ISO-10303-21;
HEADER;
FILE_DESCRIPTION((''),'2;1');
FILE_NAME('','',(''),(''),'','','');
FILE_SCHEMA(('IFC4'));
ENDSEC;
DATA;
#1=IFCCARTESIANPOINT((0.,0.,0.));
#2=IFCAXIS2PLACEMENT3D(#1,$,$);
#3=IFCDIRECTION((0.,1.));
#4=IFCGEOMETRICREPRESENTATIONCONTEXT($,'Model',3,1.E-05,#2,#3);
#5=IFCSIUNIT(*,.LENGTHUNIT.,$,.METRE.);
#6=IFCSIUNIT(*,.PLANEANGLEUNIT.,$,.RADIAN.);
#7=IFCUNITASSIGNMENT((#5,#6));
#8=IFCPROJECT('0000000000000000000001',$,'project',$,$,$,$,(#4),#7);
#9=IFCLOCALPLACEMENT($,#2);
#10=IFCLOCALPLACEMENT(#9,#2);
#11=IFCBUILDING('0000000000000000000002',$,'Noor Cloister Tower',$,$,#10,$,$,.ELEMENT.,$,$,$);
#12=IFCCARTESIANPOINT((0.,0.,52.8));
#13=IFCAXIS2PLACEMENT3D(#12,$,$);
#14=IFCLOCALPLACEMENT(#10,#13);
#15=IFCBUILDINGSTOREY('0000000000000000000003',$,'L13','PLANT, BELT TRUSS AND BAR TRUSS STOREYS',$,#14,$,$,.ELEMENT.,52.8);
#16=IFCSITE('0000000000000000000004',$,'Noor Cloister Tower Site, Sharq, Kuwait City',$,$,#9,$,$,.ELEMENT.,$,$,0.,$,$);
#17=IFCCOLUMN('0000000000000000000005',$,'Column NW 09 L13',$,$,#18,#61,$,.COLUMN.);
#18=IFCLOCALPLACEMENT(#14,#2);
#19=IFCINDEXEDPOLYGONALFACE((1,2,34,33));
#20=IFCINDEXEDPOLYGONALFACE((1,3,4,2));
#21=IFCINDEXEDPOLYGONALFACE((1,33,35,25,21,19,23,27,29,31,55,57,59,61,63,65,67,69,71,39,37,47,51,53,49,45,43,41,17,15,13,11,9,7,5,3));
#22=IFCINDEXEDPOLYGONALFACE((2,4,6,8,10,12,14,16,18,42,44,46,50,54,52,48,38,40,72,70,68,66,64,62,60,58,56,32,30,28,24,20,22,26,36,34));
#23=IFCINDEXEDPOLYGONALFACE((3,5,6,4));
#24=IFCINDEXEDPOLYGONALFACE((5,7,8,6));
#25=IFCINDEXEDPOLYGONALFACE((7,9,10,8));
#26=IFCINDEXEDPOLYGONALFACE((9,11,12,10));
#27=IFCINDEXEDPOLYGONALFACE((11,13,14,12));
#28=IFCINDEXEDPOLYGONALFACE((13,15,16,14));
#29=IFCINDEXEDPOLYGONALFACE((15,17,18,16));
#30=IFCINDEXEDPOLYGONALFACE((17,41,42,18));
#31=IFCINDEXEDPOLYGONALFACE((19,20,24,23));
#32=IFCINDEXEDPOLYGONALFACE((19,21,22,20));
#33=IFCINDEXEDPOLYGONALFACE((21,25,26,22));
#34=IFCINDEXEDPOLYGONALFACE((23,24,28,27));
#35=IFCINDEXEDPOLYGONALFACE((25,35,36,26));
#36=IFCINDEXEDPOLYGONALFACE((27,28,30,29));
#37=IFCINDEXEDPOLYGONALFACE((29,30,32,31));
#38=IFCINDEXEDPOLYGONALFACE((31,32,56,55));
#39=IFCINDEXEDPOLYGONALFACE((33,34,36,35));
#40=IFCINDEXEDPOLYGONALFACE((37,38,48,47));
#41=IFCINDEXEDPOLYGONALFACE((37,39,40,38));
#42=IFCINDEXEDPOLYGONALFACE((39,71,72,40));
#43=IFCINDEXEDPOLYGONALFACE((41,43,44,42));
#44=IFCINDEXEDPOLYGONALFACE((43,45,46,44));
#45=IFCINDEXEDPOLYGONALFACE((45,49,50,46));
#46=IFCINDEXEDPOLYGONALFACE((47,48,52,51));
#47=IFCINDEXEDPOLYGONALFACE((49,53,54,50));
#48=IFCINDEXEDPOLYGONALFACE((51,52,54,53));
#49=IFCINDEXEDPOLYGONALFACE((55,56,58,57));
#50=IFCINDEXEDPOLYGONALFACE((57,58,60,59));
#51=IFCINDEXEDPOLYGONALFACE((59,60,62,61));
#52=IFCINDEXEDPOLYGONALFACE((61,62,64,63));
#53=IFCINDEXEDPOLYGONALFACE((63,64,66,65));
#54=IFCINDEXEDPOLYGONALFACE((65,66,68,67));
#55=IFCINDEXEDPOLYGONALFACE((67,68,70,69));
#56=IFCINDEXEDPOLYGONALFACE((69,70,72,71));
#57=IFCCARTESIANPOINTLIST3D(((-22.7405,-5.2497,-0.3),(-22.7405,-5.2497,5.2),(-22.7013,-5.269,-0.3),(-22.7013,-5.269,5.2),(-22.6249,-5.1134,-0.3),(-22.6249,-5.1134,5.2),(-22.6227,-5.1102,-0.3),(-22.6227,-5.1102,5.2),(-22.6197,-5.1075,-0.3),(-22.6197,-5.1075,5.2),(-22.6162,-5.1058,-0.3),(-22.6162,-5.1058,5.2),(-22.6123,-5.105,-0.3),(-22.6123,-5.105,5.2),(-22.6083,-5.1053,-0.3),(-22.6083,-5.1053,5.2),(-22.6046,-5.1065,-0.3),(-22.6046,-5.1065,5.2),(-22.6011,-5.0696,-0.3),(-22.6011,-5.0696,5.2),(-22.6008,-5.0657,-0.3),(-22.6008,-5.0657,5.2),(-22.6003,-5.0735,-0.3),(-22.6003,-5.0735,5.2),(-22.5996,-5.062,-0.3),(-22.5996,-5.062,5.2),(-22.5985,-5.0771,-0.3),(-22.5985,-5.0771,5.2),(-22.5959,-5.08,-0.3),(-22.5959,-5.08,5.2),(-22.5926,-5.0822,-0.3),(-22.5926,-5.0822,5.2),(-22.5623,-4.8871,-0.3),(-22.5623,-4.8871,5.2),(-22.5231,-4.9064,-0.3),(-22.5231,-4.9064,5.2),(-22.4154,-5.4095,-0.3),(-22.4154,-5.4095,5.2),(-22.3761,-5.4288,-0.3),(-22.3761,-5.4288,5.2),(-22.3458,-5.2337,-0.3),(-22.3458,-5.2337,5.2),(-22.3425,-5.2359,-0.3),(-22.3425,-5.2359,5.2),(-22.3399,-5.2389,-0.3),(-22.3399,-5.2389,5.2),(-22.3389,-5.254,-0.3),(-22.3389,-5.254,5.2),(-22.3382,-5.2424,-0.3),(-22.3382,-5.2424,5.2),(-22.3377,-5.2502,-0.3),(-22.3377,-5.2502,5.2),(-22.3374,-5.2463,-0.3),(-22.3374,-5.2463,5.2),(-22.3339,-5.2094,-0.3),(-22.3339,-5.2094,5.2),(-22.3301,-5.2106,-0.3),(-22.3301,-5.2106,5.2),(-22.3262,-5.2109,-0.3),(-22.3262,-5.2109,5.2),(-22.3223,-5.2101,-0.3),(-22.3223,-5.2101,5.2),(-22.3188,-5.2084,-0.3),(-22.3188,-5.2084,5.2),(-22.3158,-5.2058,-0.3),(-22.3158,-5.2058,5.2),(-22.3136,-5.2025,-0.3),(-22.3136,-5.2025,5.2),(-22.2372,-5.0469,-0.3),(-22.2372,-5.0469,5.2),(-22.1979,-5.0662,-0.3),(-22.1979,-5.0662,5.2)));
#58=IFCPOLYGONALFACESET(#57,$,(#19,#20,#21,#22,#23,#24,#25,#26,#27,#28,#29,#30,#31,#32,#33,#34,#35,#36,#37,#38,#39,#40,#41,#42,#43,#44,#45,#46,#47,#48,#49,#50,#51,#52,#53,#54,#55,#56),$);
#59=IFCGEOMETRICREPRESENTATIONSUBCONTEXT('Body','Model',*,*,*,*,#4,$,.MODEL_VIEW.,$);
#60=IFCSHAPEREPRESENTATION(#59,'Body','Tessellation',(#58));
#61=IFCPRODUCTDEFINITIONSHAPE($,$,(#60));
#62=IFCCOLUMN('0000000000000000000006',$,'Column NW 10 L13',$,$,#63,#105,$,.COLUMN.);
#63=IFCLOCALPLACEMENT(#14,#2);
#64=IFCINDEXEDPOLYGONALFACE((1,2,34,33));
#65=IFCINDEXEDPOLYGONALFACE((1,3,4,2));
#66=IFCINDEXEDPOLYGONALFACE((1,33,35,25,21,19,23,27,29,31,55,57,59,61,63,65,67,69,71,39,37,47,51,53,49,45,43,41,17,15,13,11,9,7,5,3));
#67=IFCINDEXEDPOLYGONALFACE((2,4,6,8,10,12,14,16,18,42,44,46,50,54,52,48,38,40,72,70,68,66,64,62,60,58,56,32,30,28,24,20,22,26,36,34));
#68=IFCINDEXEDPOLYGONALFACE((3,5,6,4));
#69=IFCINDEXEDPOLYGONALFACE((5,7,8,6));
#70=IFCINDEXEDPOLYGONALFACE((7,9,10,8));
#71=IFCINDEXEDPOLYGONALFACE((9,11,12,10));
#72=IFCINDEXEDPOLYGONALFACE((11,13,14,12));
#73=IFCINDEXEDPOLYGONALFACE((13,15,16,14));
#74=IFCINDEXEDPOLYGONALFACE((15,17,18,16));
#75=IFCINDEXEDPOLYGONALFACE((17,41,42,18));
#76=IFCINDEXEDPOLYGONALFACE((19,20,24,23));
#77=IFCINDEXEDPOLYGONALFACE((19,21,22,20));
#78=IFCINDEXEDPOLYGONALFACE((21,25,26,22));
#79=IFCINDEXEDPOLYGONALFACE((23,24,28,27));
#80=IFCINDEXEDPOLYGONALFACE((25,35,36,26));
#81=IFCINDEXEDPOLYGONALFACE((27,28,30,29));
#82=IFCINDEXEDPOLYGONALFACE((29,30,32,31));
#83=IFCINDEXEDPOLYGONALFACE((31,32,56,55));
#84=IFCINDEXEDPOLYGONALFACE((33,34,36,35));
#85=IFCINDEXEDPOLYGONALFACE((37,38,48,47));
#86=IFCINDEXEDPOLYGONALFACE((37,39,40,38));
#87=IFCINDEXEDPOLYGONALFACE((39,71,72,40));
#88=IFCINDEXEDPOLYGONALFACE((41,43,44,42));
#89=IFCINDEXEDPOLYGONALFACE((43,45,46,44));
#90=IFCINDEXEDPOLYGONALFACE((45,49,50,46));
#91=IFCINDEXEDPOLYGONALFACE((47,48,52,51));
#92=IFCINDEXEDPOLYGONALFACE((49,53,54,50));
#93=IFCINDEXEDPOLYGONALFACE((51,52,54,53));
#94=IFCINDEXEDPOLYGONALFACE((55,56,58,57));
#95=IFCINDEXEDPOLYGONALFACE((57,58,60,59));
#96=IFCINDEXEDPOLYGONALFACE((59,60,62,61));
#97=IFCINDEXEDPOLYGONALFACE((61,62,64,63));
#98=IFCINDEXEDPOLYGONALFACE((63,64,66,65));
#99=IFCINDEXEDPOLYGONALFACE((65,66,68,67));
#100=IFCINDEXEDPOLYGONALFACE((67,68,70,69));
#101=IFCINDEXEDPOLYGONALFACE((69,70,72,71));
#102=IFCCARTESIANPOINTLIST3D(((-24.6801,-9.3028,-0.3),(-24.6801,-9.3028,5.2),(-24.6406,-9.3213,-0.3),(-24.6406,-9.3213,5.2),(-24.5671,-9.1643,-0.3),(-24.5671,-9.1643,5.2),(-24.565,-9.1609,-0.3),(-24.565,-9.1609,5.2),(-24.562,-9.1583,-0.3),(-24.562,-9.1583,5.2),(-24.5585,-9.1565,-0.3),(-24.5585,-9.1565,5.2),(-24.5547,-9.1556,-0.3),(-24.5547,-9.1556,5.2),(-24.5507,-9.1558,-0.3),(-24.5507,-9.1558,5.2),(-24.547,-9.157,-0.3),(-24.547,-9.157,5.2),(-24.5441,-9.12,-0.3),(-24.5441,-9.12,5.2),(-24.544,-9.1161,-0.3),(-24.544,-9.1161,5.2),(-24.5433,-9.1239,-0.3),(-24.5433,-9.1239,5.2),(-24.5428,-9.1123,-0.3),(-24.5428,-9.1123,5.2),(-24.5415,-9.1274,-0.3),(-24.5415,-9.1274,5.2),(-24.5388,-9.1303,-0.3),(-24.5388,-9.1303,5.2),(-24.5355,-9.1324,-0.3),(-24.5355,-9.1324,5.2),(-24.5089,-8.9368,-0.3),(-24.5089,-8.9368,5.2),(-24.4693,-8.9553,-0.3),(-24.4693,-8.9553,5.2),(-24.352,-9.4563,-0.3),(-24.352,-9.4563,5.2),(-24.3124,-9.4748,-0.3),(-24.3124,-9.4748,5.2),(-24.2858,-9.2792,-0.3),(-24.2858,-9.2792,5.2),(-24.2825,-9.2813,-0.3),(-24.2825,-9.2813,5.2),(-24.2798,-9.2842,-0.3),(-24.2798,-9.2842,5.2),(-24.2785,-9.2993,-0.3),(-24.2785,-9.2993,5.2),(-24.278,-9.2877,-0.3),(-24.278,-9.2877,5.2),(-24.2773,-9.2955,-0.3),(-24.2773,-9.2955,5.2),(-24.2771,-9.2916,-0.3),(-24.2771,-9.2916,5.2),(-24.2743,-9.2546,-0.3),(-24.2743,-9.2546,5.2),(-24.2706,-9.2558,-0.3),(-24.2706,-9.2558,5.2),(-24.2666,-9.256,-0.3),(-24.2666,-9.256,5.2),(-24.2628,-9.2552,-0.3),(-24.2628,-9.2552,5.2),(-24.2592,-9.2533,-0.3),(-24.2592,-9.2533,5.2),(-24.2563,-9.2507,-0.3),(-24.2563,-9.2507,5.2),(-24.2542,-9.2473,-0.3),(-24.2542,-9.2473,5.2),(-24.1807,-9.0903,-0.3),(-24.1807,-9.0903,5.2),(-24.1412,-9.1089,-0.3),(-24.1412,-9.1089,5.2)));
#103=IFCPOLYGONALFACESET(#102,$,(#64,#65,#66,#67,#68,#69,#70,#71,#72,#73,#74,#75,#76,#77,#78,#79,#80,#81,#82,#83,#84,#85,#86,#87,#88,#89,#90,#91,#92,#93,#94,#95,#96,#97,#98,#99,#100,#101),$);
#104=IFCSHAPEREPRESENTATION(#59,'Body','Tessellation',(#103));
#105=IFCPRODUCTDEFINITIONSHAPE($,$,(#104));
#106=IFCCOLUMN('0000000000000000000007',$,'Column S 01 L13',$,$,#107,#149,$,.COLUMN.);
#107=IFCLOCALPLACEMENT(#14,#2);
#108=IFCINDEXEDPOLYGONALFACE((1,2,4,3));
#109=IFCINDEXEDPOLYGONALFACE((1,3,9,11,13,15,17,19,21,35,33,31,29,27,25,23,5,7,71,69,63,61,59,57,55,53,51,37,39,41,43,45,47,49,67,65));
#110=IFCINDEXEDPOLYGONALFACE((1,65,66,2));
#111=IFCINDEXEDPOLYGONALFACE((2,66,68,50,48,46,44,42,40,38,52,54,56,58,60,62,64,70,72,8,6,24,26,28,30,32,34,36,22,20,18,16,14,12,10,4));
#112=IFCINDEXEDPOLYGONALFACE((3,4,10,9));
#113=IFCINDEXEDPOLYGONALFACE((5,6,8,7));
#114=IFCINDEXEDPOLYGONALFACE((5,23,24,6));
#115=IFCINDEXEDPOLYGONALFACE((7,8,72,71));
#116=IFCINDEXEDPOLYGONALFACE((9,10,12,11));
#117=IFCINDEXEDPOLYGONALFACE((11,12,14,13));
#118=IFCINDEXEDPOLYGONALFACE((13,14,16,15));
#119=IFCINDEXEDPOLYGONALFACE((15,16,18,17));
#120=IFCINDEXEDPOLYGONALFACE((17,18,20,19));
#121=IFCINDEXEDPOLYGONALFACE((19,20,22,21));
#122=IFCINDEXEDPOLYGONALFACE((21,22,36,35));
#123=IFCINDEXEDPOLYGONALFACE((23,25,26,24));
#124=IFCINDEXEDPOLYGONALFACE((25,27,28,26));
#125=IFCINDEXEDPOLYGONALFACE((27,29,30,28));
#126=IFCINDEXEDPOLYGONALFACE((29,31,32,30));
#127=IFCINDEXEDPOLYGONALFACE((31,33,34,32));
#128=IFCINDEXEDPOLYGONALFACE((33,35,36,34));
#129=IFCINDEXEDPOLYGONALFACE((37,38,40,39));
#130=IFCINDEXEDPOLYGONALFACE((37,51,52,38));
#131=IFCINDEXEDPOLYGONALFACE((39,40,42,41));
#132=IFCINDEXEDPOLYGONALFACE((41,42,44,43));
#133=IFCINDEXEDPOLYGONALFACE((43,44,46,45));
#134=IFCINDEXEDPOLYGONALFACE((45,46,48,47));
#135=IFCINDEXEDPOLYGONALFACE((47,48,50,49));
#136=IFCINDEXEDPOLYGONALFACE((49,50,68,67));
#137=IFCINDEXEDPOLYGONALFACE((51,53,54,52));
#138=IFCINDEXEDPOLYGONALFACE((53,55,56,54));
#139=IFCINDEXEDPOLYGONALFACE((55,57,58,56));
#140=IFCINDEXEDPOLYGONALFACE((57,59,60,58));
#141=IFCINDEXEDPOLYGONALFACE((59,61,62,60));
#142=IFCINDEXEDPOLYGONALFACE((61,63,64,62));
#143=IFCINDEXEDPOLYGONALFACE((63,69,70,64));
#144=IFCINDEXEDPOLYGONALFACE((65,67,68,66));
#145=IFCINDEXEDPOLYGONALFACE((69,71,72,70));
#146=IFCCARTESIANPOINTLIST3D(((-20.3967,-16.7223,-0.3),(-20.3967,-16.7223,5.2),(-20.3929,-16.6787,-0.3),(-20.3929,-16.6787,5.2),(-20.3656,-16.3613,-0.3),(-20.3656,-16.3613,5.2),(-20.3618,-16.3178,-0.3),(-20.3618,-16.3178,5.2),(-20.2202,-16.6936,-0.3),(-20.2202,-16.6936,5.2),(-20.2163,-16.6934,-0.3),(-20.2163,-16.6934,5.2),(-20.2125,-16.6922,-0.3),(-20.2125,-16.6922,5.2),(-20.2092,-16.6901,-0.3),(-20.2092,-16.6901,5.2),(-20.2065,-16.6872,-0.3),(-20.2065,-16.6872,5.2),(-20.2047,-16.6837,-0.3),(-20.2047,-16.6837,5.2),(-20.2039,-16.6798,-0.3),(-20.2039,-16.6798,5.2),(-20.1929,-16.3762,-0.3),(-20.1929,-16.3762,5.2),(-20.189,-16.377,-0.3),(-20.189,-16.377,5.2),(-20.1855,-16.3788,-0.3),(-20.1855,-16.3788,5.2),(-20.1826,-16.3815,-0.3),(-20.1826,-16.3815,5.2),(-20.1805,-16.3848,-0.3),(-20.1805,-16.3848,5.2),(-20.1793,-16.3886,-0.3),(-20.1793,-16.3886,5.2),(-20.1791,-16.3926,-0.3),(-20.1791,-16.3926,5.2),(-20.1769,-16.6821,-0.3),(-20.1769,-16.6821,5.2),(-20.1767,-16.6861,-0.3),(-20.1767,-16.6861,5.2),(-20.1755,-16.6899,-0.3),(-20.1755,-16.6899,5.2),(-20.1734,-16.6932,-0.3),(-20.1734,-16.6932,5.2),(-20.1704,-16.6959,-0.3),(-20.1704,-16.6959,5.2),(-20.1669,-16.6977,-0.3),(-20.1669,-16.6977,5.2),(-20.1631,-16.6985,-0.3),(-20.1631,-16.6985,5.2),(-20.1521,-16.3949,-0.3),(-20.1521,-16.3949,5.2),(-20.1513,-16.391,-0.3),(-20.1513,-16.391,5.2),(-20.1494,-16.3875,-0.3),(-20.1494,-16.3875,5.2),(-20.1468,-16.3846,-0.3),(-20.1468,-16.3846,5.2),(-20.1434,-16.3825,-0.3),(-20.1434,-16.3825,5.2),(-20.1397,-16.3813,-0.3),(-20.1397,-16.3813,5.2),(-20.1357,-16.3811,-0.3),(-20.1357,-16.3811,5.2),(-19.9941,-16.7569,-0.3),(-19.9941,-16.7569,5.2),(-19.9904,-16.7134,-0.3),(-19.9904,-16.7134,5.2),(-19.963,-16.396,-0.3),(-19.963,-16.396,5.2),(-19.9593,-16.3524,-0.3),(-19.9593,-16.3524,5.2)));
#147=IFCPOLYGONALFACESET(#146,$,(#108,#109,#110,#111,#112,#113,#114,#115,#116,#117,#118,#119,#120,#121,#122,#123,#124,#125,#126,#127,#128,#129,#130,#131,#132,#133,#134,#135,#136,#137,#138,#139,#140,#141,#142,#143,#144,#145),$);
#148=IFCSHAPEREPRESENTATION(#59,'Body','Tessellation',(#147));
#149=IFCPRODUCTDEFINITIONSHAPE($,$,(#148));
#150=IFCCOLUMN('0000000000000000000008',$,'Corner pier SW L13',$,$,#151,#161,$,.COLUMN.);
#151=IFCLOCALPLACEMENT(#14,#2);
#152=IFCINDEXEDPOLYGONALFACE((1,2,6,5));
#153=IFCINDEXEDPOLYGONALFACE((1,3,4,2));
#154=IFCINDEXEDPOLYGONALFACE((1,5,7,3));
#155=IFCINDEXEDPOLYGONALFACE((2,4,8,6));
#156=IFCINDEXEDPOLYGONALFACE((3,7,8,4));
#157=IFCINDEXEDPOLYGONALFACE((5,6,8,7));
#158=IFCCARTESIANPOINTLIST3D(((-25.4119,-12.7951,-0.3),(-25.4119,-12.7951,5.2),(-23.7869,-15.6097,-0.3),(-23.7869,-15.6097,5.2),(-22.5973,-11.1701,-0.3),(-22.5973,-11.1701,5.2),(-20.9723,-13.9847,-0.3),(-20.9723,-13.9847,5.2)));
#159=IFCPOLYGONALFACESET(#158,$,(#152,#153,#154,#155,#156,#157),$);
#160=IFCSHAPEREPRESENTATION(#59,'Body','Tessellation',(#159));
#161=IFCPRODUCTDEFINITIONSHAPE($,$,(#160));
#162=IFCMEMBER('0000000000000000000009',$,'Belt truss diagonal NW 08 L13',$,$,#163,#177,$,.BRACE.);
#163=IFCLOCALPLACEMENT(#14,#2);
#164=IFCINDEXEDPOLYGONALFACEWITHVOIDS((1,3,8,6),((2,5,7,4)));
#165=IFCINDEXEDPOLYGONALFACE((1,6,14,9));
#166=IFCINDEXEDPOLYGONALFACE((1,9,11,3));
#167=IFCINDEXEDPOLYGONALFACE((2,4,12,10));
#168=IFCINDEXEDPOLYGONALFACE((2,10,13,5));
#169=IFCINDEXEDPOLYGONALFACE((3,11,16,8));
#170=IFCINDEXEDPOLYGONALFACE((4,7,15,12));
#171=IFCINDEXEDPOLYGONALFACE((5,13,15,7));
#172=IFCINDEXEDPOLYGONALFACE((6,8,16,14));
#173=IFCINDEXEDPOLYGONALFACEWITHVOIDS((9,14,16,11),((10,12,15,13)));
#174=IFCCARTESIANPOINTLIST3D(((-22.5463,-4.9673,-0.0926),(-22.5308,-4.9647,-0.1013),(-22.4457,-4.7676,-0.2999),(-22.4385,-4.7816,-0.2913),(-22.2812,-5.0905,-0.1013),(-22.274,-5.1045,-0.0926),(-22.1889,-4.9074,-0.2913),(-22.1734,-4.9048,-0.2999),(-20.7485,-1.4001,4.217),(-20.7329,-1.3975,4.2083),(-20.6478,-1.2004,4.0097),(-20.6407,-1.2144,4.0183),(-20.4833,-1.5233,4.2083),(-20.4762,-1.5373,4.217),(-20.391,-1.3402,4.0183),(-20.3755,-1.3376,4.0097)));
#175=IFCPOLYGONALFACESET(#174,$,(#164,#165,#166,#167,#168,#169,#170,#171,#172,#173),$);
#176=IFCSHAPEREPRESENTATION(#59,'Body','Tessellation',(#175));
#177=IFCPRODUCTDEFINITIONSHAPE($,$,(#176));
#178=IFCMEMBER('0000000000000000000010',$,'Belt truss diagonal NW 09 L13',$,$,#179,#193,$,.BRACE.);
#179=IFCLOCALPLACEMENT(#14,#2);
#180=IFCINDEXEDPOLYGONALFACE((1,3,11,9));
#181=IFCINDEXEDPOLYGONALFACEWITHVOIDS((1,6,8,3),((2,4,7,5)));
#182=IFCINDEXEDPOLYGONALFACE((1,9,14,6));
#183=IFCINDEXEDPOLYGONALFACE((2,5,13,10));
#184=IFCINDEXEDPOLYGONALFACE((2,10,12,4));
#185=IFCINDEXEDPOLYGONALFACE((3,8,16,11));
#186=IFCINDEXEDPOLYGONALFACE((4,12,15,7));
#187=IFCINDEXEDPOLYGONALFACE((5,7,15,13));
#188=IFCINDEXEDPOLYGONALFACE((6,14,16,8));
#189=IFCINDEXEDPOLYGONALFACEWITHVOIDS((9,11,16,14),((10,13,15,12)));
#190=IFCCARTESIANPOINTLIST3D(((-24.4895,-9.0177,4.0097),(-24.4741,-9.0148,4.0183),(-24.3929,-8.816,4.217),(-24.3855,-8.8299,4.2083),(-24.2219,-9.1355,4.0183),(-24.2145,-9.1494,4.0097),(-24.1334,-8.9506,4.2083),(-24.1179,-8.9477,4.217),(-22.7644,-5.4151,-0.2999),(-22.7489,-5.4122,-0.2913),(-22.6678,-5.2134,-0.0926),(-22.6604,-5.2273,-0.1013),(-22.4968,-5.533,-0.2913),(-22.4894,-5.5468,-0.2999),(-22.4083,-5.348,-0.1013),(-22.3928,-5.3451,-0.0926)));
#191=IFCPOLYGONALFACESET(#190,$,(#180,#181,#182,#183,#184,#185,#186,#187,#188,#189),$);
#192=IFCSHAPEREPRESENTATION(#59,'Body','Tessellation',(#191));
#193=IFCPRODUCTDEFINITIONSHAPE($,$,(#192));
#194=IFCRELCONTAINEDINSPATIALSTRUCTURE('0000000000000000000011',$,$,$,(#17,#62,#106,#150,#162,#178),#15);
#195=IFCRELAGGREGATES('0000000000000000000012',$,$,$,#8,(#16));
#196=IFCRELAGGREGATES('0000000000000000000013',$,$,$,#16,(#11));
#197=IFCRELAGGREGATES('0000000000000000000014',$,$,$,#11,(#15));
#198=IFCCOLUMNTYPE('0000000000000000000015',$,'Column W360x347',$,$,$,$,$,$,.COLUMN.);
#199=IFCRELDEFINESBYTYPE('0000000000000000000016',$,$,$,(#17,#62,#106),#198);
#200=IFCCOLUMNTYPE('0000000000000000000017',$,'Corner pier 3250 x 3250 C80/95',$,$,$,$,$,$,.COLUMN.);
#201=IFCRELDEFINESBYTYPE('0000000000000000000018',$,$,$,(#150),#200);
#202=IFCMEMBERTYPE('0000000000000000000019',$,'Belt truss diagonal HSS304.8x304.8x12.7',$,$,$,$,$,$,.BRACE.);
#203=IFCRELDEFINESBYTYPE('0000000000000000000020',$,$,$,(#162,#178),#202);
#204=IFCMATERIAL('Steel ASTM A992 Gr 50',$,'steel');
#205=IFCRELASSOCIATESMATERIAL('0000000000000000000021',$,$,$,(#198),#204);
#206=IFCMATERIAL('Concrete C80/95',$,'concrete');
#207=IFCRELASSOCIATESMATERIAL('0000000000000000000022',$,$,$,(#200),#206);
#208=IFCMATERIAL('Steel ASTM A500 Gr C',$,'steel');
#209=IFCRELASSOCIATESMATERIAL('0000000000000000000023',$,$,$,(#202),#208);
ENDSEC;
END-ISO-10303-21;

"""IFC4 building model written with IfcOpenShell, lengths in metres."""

from ifc_helpers import new_model, si_unit, direction, frame, origin, origin_2d, place, context, subcontext, project, spatial, rectangle, hollow_rectangle, i_section, extrude, material, material_profile, profile_set, type_object, element, save


model = new_model("IFC4")

# Units and contexts
model_context = context("Model", 3, precision=1e-05, world=origin(), true_north=direction((0.0, 1.0)))
body_context = subcontext(model_context, "Body", "Model", "MODEL_VIEW")
ifc_project = project(units=[si_unit("LENGTHUNIT", "METRE"), si_unit("PLANEANGLEUNIT", "RADIAN")], contexts=[model_context])

# Site, building, storey
site_placement = place(None, origin())
site = spatial("IfcSite", under=ifc_project, at=site_placement, Name="Noor Cloister Tower Site, Sharq, Kuwait City", CompositionType="ELEMENT", RefElevation=0.0)
building_placement = place(site_placement, origin())
building = spatial("IfcBuilding", under=site, at=building_placement, Name="Noor Cloister Tower", CompositionType="ELEMENT")
storey_placement = place(building_placement, frame((0.0, 0.0, 52.8)))
storey = spatial("IfcBuildingStorey", under=building, at=storey_placement, Name="L13", Description="PLANT, BELT TRUSS AND BAR TRUSS STOREYS", CompositionType="ELEMENT", Elevation=52.8)

# Columns
ifc_material_1 = material(Name="Steel ASTM A992 Gr 50", Category="steel")
ifc_material_profile_1 = material_profile(ifc_material_1, i_section(OverallWidth=0.4041, OverallDepth=0.406, WebThickness=0.0271, FlangeThickness=0.0437, FilletRadius=0.0151, at=origin_2d()), Name="W360x347")
ifc_profile_set_1 = profile_set([ifc_material_profile_1], Name="Steel ASTM A992 Gr 50")
column_type_1 = type_object("IfcColumnType", Name="Column W360x347", PredefinedType="COLUMN", material=ifc_profile_set_1)
for number, where, z_axis, x_axis, name in (
    (1, (-22.4692, -5.158, -0.3), (0.0, 0.0, 1.0), (-0.441044, -0.897485, 0.0), "Column NW 09 L13"),
    (2, (-24.4106, -9.2058, -0.3), (0.0, 0.0, 1.0), (-0.423826, -0.905744, 0.0), "Column NW 10 L13"),
    (3, (-20.178, -16.5374, -0.3), (0.0, 0.0, 1.0), (0.99631, -0.085828, 0.0), "Column S 01 L13"),
):
    element("IfcColumn", number, at=place(storey_placement, frame(where, z_axis=z_axis, x_axis=x_axis)), inside=storey, type_object=column_type_1, Name=name, PredefinedType="COLUMN", context=body_context, shape_type="SweptSolid", body=[
        extrude(i_section(OverallWidth=0.4041, OverallDepth=0.406, WebThickness=0.0271, FlangeThickness=0.0437, FilletRadius=0.0151, at=origin_2d()), origin(), (0.0, 0.0, 1.0), 5.5),
    ])
ifc_material_2 = material(Name="Concrete C80/95", Category="concrete")
ifc_material_profile_2 = material_profile(ifc_material_2, rectangle(XDim=3.25, YDim=3.25, at=origin_2d()), Name="RC 3250x3250")
ifc_profile_set_2 = profile_set([ifc_material_profile_2], Name="Concrete C80/95")
column_type_2 = type_object("IfcColumnType", Name="Corner pier 3250 x 3250 C80/95", PredefinedType="COLUMN", material=ifc_profile_set_2)
column_placement = place(storey_placement, frame((-23.1921, -13.3899, -0.3), z_axis=(0.0, 0.0, 1.0), x_axis=(-0.866025, -0.5, 0.0)))
element("IfcColumn", 4, at=column_placement, inside=storey, type_object=column_type_2, Name="Corner pier SW L13", PredefinedType="COLUMN", context=body_context, shape_type="SweptSolid", body=[
    extrude(rectangle(XDim=3.25, YDim=3.25, at=origin_2d()), origin(), (0.0, 0.0, 1.0), 5.5),
])

# Members
ifc_material_3 = material(Name="Steel ASTM A500 Gr C", Category="steel")
ifc_material_profile_3 = material_profile(ifc_material_3, hollow_rectangle(XDim=0.3049, YDim=0.3049, WallThickness=0.0127, at=origin_2d()), Name="HSS304.8x304.8x12.7")
ifc_profile_set_3 = profile_set([ifc_material_profile_3], Name="Steel ASTM A500 Gr C")
member_type_1 = type_object("IfcMemberType", Name="Belt truss diagonal HSS304.8x304.8x12.7", PredefinedType="BRACE", material=ifc_profile_set_3)
member_1_placement = place(storey_placement, frame((-22.3599, -4.936, -0.1963), z_axis=(0.305957, 0.607054, 0.7334), x_axis=(-0.892992, 0.450072, 0.0)))
element("IfcMember", 5, at=member_1_placement, inside=storey, type_object=member_type_1, Name="Belt truss diagonal NW 08 L13", PredefinedType="BRACE", context=body_context, shape_type="SweptSolid", body=[
    extrude(hollow_rectangle(XDim=0.3049, YDim=0.3049, WallThickness=0.0127, at=origin_2d()), origin(), (0.0, 0.0, 1.0), 5.8762),
])
member_2_placement = place(storey_placement, frame((-22.5786, -5.3801, -0.1963), z_axis=(-0.293587, -0.6131, 0.733427), x_axis=(0.901925, -0.431892, 0.0)))
element("IfcMember", 6, at=member_2_placement, inside=storey, type_object=member_type_1, Name="Belt truss diagonal NW 09 L13", PredefinedType="BRACE", context=body_context, shape_type="SweptSolid", body=[
    extrude(hollow_rectangle(XDim=0.3049, YDim=0.3049, WallThickness=0.0127, at=origin_2d()), origin(), (0.0, 0.0, 1.0), 5.876),
])

save(model, "model.ifc")
